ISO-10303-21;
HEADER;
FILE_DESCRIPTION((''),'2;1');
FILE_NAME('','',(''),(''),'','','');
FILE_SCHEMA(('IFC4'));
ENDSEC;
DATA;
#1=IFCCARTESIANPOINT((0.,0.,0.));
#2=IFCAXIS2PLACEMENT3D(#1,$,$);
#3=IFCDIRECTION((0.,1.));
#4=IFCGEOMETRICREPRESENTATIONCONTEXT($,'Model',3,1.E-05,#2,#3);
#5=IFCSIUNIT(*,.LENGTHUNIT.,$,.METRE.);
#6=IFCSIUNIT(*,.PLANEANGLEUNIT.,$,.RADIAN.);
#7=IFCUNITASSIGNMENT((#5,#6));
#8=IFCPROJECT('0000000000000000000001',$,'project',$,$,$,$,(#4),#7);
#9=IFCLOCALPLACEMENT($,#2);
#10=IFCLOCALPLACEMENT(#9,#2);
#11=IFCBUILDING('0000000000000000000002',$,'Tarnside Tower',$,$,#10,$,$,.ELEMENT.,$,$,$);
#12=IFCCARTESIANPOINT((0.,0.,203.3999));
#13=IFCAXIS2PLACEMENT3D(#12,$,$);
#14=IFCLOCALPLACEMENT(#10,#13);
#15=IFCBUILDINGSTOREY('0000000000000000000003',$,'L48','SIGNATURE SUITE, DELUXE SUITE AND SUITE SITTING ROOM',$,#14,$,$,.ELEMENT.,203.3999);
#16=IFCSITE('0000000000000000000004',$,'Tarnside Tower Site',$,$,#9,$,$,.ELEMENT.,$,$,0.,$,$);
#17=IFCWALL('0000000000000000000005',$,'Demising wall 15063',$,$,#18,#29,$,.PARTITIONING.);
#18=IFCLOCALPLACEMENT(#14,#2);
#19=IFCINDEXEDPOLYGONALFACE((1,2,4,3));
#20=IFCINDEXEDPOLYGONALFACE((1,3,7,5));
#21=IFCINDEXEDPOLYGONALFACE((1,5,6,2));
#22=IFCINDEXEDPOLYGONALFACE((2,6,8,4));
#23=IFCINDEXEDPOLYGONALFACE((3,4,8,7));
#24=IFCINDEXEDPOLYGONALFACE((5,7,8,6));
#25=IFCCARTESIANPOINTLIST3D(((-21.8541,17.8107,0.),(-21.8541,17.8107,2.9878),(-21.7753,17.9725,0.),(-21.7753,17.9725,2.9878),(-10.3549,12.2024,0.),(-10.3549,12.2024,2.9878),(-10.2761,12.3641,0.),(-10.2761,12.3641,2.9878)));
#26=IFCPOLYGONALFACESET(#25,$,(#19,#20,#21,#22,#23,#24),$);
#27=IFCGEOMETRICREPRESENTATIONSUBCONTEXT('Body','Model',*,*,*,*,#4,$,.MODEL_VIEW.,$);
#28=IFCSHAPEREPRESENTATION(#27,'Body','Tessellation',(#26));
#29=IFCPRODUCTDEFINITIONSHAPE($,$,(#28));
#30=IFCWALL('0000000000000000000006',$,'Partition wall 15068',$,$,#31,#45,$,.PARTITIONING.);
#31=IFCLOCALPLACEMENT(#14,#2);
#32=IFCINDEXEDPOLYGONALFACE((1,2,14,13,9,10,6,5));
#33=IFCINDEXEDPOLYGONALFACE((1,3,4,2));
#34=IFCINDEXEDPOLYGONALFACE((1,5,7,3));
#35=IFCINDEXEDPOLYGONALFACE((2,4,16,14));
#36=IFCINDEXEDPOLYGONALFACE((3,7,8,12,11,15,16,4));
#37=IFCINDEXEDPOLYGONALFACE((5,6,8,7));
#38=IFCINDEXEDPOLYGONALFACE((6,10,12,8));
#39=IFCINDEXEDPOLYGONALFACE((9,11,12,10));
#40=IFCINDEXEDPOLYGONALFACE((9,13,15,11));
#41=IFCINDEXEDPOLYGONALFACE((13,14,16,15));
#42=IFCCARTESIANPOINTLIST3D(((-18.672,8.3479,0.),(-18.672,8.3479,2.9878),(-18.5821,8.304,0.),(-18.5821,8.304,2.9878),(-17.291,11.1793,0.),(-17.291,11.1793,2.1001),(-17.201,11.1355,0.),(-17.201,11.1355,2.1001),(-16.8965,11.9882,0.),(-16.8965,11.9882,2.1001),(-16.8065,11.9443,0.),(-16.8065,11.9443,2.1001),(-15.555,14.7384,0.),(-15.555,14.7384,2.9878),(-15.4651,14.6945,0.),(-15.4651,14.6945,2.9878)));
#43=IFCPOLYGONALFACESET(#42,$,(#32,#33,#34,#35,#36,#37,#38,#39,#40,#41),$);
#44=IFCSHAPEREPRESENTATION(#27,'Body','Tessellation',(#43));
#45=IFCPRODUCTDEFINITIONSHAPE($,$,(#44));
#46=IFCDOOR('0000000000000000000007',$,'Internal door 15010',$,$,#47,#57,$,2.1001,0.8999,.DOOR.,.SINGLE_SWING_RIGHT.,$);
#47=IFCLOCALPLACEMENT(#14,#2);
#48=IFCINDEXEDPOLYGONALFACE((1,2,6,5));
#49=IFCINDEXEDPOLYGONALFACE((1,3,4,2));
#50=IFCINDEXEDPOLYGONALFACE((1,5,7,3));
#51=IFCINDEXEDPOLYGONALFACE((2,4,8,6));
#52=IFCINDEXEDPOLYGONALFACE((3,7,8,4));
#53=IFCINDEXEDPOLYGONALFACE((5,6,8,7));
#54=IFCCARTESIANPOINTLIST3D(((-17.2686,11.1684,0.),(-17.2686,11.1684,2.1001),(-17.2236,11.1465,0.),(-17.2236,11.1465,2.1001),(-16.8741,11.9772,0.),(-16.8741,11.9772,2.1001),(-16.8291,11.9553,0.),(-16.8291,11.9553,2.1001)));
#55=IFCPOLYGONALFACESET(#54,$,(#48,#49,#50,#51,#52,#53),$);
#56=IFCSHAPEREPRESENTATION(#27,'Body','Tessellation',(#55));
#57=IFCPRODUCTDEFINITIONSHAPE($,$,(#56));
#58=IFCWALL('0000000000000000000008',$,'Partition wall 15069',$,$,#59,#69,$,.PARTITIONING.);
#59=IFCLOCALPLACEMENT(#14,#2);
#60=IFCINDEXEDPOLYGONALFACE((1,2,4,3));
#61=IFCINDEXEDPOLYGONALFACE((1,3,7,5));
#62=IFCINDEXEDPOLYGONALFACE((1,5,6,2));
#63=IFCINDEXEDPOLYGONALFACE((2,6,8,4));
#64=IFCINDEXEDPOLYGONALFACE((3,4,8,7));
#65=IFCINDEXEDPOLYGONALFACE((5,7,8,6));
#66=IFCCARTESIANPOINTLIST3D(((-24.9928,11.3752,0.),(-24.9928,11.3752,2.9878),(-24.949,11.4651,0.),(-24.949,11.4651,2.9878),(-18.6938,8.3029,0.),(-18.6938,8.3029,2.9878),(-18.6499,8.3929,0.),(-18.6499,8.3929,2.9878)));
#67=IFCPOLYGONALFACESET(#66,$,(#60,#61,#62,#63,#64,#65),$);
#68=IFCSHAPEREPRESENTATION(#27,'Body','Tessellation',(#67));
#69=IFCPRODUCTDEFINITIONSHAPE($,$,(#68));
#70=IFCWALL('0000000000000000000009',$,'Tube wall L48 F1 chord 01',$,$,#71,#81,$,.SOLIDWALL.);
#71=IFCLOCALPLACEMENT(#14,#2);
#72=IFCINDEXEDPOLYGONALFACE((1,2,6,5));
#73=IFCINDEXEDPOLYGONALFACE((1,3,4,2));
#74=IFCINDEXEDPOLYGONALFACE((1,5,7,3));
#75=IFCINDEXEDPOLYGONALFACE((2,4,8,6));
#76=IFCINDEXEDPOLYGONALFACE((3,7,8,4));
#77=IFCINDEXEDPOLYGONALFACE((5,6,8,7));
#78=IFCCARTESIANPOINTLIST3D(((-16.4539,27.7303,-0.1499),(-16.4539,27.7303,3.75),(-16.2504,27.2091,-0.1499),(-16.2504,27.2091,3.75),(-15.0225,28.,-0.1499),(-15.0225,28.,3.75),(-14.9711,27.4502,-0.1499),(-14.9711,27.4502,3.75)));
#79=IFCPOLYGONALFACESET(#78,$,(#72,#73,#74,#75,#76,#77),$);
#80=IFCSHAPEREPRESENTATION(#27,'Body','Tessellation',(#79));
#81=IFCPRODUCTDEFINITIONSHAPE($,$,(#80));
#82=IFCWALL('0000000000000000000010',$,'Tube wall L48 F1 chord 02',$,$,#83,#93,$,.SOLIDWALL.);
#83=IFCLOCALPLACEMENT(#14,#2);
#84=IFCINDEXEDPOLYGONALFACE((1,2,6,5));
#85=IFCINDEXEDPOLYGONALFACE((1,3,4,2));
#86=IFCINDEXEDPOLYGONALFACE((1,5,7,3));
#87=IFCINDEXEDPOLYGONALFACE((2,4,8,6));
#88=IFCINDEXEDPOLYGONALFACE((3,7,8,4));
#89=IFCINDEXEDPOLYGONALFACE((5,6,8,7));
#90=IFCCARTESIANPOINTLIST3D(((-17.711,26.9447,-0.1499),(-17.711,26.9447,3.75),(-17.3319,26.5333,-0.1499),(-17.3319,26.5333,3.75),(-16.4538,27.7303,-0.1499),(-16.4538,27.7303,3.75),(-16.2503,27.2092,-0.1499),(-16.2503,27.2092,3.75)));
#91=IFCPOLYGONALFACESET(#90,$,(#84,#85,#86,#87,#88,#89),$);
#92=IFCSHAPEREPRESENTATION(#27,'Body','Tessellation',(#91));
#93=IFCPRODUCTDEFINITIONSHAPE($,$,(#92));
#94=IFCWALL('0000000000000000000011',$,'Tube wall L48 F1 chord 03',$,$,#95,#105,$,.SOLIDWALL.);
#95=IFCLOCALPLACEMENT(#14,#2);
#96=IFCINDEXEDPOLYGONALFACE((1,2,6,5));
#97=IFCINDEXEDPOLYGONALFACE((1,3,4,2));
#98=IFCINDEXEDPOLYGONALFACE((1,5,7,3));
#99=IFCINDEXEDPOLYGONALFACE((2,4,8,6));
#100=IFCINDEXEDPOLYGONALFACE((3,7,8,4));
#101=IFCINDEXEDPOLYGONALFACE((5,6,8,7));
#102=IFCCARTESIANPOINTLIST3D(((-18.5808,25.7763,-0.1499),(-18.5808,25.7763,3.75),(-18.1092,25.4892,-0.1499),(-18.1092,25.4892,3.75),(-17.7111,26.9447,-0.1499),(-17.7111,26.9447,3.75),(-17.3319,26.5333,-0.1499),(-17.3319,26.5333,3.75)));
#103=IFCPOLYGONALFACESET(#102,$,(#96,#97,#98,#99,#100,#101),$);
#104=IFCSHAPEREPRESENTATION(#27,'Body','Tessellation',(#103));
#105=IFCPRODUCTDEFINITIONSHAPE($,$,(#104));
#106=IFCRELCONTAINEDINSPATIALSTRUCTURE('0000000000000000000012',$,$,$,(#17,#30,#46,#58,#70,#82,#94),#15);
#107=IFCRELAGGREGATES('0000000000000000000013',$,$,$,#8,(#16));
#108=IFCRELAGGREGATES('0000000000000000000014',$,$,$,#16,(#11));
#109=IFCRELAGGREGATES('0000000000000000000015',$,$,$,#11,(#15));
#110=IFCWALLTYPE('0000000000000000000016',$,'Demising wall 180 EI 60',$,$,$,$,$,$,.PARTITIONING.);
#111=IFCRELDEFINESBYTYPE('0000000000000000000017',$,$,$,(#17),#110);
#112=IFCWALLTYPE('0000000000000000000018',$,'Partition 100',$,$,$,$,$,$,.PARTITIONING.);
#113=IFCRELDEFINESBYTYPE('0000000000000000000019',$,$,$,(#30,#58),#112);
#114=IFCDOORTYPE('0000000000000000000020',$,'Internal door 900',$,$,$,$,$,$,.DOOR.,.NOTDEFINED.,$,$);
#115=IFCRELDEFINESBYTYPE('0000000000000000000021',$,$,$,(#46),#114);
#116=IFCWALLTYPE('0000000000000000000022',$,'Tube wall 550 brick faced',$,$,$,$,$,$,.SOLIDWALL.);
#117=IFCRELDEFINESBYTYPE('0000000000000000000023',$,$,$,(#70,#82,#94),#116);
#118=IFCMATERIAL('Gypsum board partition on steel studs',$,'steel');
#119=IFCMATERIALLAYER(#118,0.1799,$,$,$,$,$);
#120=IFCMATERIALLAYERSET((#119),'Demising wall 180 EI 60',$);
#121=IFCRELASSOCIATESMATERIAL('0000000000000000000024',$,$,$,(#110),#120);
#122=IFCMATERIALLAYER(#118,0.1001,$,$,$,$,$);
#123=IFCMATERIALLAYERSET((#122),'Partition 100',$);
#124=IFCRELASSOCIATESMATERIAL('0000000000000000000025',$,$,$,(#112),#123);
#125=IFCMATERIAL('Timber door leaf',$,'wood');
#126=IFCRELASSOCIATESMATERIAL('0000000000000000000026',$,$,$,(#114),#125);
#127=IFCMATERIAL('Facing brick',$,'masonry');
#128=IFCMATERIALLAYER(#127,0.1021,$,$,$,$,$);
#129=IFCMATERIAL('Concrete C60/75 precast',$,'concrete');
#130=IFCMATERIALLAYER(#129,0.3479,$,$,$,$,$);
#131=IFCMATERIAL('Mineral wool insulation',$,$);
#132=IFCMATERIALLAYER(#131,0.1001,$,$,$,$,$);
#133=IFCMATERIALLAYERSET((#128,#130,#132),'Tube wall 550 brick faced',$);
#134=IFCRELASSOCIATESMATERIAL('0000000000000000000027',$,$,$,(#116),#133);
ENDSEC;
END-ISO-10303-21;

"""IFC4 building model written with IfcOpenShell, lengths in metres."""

from ifc_helpers import new_model, si_unit, direction, frame, frame_2d, origin, place, context, subcontext, project, spatial, polyline, rectangle, outline, extrude, material, layer, layer_set, type_object, element, fill, save


model = new_model("IFC4")

# Units and contexts
model_context = context("Model", 3, precision=1e-05, world=origin(), true_north=direction((0.0, 1.0)))
body_context = subcontext(model_context, "Body", "Model", "MODEL_VIEW")
ifc_project = project(units=[si_unit("LENGTHUNIT", "METRE"), si_unit("PLANEANGLEUNIT", "RADIAN")], contexts=[model_context])

# Site, building, storey
site_placement = place(None, origin())
site = spatial("IfcSite", under=ifc_project, at=site_placement, Name="Tarnside Tower Site", CompositionType="ELEMENT", RefElevation=0.0)
building_placement = place(site_placement, origin())
building = spatial("IfcBuilding", under=site, at=building_placement, Name="Tarnside Tower", CompositionType="ELEMENT")
storey_placement = place(building_placement, frame((0.0, 0.0, 203.3999)))
storey = spatial("IfcBuildingStorey", under=building, at=storey_placement, Name="L48", Description="SIGNATURE SUITE, DELUXE SUITE AND SUITE SITTING ROOM", CompositionType="ELEMENT", Elevation=203.3999)

# Wall
ifc_material_1 = material(Name="Gypsum board partition on steel studs", Category="steel")
ifc_layer_1 = layer(ifc_material_1, 0.1799)
ifc_layer_set_1 = layer_set([ifc_layer_1], Name="Demising wall 180 EI 60")
wall_type_1 = type_object("IfcWallType", Name="Demising wall 180 EI 60", PredefinedType="PARTITIONING", material=ifc_layer_set_1)
wall_1_placement = place(storey_placement, frame((-21.8147, 17.8916, 0.0), z_axis=(0.0, 0.0, 1.0), x_axis=(0.898799, -0.43836, 0.0)))
element("IfcWall", 1, at=wall_1_placement, inside=storey, type_object=wall_type_1, Name="Demising wall 15063", PredefinedType="PARTITIONING", context=body_context, shape_type="SweptSolid", body=[
    extrude(rectangle(XDim=12.7939, YDim=0.1799, at=frame_2d((6.397, 0.0))), origin(), (0.0, 0.0, 1.0), 2.9878),
])

# Wall, opening, door
ifc_layer_2 = layer(ifc_material_1, 0.1001)
ifc_layer_set_2 = layer_set([ifc_layer_2], Name="Partition 100")
wall_type_2 = type_object("IfcWallType", Name="Partition 100", PredefinedType="PARTITIONING", material=ifc_layer_set_2)
wall_2_placement = place(storey_placement, frame((-15.51, 14.7166, 0.0), z_axis=(0.0, 0.0, 1.0), x_axis=(-0.438388, -0.898786, 0.0)))
wall_2 = element("IfcWall", 2, at=wall_2_placement, inside=storey, type_object=wall_type_2, Name="Partition wall 15068", PredefinedType="PARTITIONING", context=body_context, shape_type="SweptSolid", body=[
    extrude(rectangle(XDim=7.1101, YDim=0.1001, at=frame_2d((3.5552, 0.0))), origin(), (0.0, 0.0, 1.0), 2.9878),
])
opening_1_placement = place(wall_2_placement, frame((3.0601, 0.0, 0.0)))
opening_1 = element("IfcOpeningElement", 3, at=opening_1_placement, cuts=wall_2, PredefinedType="OPENING", context=body_context, shape_type="SweptSolid", body=[
    extrude(rectangle(XDim=0.8999, YDim=2.1001, at=frame_2d((0.45, 1.05))), frame((0.0, 0.0601, 0.0), z_axis=(0.0, -1.0, 0.0), x_axis=(1.0, 0.0, 0.0)), (0.0, 0.0, 1.0), 0.1201),
])
ifc_material_2 = material(Name="Timber door leaf", Category="wood")
door_type = type_object("IfcDoorType", Name="Internal door 900", OperationType="NOTDEFINED", PredefinedType="DOOR", material=ifc_material_2)
door_placement = place(opening_1_placement, origin())
door = element("IfcDoor", 4, at=door_placement, inside=storey, type_object=door_type, Name="Internal door 15010", OperationType="SINGLE_SWING_RIGHT", OverallHeight=2.1001, OverallWidth=0.8999, PredefinedType="DOOR", context=body_context, shape_type="SweptSolid", body=[
    extrude(rectangle(XDim=0.8999, YDim=2.1001, at=frame_2d((0.45, 1.05))), frame((0.0, 0.0249, 0.0), z_axis=(0.0, -1.0, 0.0), x_axis=(1.0, 0.0, 0.0)), (0.0, 0.0, 1.0), 0.05),
])
fill(opening_1, door)

# Walls
wall_3_placement = place(storey_placement, frame((-18.6719, 8.3479, 0.0), z_axis=(0.0, 0.0, 1.0), x_axis=(-0.898794, 0.438371, 0.0)))
element("IfcWall", 5, at=wall_3_placement, inside=storey, type_object=wall_type_2, Name="Partition wall 15069", PredefinedType="PARTITIONING", context=body_context, shape_type="SweptSolid", body=[
    extrude(rectangle(XDim=7.0083, YDim=0.1001, at=frame_2d((3.5042, 0.0))), origin(), (0.0, 0.0, 1.0), 2.9878),
])
ifc_material_3 = material(Name="Facing brick", Category="masonry")
ifc_layer_3 = layer(ifc_material_3, 0.1021)
ifc_material_4 = material(Name="Concrete C60/75 precast", Category="concrete")
ifc_layer_4 = layer(ifc_material_4, 0.3479)
ifc_material_5 = material(Name="Mineral wool insulation")
ifc_layer_5 = layer(ifc_material_5, 0.1001)
ifc_layer_set_3 = layer_set([ifc_layer_3, ifc_layer_4, ifc_layer_5], Name="Tube wall 550 brick faced")
wall_type_3 = type_object("IfcWallType", Name="Tube wall 550 brick faced", PredefinedType="SOLIDWALL", material=ifc_layer_set_3)
wall_4_placement = place(storey_placement, frame((-14.9968, 27.7251, -0.1499), z_axis=(0.0, 0.0, 1.0), x_axis=(-0.982705, -0.185176, 0.0)))
element("IfcWall", 6, at=wall_4_placement, inside=storey, type_object=wall_type_3, Name="Tube wall L48 F1 chord 01", PredefinedType="SOLIDWALL", context=body_context, shape_type="SweptSolid", body=[
    extrude(outline(polyline([(-0.0256, -0.2749), (1.4309, -0.2749), (1.3274, 0.2749), (0.0256, 0.2749), (-0.0256, -0.2749)])), origin(), (0.0, 0.0, 1.0), 3.8999),
])
wall_5_placement = place(storey_placement, frame((-16.3521, 27.4697, -0.1499), z_axis=(0.0, 0.0, 1.0), x_axis=(-0.848058, -0.529903, 0.0)))
element("IfcWall", 7, at=wall_5_placement, inside=storey, type_object=wall_type_3, Name="Tube wall L48 F1 chord 02", PredefinedType="SOLIDWALL", context=body_context, shape_type="SweptSolid", body=[
    extrude(outline(polyline([(-0.0518, -0.2749), (1.4307, -0.2749), (1.3271, 0.2749), (0.0518, 0.2749), (-0.0518, -0.2749)])), origin(), (0.0, 0.0, 1.0), 3.8999),
])
wall_6_placement = place(storey_placement, frame((-17.5215, 26.739, -0.1499), z_axis=(0.0, 0.0, 1.0), x_axis=(-0.597135, -0.802141, 0.0)))
element("IfcWall", 8, at=wall_6_placement, inside=storey, type_object=wall_type_3, Name="Tube wall L48 F1 chord 03", PredefinedType="SOLIDWALL", context=body_context, shape_type="SweptSolid", body=[
    extrude(outline(polyline([(-0.0518, -0.2749), (1.4048, -0.2749), (1.3535, 0.2749), (0.0518, 0.2749), (-0.0518, -0.2749)])), origin(), (0.0, 0.0, 1.0), 3.8999),
])

save(model, "model.ifc")
